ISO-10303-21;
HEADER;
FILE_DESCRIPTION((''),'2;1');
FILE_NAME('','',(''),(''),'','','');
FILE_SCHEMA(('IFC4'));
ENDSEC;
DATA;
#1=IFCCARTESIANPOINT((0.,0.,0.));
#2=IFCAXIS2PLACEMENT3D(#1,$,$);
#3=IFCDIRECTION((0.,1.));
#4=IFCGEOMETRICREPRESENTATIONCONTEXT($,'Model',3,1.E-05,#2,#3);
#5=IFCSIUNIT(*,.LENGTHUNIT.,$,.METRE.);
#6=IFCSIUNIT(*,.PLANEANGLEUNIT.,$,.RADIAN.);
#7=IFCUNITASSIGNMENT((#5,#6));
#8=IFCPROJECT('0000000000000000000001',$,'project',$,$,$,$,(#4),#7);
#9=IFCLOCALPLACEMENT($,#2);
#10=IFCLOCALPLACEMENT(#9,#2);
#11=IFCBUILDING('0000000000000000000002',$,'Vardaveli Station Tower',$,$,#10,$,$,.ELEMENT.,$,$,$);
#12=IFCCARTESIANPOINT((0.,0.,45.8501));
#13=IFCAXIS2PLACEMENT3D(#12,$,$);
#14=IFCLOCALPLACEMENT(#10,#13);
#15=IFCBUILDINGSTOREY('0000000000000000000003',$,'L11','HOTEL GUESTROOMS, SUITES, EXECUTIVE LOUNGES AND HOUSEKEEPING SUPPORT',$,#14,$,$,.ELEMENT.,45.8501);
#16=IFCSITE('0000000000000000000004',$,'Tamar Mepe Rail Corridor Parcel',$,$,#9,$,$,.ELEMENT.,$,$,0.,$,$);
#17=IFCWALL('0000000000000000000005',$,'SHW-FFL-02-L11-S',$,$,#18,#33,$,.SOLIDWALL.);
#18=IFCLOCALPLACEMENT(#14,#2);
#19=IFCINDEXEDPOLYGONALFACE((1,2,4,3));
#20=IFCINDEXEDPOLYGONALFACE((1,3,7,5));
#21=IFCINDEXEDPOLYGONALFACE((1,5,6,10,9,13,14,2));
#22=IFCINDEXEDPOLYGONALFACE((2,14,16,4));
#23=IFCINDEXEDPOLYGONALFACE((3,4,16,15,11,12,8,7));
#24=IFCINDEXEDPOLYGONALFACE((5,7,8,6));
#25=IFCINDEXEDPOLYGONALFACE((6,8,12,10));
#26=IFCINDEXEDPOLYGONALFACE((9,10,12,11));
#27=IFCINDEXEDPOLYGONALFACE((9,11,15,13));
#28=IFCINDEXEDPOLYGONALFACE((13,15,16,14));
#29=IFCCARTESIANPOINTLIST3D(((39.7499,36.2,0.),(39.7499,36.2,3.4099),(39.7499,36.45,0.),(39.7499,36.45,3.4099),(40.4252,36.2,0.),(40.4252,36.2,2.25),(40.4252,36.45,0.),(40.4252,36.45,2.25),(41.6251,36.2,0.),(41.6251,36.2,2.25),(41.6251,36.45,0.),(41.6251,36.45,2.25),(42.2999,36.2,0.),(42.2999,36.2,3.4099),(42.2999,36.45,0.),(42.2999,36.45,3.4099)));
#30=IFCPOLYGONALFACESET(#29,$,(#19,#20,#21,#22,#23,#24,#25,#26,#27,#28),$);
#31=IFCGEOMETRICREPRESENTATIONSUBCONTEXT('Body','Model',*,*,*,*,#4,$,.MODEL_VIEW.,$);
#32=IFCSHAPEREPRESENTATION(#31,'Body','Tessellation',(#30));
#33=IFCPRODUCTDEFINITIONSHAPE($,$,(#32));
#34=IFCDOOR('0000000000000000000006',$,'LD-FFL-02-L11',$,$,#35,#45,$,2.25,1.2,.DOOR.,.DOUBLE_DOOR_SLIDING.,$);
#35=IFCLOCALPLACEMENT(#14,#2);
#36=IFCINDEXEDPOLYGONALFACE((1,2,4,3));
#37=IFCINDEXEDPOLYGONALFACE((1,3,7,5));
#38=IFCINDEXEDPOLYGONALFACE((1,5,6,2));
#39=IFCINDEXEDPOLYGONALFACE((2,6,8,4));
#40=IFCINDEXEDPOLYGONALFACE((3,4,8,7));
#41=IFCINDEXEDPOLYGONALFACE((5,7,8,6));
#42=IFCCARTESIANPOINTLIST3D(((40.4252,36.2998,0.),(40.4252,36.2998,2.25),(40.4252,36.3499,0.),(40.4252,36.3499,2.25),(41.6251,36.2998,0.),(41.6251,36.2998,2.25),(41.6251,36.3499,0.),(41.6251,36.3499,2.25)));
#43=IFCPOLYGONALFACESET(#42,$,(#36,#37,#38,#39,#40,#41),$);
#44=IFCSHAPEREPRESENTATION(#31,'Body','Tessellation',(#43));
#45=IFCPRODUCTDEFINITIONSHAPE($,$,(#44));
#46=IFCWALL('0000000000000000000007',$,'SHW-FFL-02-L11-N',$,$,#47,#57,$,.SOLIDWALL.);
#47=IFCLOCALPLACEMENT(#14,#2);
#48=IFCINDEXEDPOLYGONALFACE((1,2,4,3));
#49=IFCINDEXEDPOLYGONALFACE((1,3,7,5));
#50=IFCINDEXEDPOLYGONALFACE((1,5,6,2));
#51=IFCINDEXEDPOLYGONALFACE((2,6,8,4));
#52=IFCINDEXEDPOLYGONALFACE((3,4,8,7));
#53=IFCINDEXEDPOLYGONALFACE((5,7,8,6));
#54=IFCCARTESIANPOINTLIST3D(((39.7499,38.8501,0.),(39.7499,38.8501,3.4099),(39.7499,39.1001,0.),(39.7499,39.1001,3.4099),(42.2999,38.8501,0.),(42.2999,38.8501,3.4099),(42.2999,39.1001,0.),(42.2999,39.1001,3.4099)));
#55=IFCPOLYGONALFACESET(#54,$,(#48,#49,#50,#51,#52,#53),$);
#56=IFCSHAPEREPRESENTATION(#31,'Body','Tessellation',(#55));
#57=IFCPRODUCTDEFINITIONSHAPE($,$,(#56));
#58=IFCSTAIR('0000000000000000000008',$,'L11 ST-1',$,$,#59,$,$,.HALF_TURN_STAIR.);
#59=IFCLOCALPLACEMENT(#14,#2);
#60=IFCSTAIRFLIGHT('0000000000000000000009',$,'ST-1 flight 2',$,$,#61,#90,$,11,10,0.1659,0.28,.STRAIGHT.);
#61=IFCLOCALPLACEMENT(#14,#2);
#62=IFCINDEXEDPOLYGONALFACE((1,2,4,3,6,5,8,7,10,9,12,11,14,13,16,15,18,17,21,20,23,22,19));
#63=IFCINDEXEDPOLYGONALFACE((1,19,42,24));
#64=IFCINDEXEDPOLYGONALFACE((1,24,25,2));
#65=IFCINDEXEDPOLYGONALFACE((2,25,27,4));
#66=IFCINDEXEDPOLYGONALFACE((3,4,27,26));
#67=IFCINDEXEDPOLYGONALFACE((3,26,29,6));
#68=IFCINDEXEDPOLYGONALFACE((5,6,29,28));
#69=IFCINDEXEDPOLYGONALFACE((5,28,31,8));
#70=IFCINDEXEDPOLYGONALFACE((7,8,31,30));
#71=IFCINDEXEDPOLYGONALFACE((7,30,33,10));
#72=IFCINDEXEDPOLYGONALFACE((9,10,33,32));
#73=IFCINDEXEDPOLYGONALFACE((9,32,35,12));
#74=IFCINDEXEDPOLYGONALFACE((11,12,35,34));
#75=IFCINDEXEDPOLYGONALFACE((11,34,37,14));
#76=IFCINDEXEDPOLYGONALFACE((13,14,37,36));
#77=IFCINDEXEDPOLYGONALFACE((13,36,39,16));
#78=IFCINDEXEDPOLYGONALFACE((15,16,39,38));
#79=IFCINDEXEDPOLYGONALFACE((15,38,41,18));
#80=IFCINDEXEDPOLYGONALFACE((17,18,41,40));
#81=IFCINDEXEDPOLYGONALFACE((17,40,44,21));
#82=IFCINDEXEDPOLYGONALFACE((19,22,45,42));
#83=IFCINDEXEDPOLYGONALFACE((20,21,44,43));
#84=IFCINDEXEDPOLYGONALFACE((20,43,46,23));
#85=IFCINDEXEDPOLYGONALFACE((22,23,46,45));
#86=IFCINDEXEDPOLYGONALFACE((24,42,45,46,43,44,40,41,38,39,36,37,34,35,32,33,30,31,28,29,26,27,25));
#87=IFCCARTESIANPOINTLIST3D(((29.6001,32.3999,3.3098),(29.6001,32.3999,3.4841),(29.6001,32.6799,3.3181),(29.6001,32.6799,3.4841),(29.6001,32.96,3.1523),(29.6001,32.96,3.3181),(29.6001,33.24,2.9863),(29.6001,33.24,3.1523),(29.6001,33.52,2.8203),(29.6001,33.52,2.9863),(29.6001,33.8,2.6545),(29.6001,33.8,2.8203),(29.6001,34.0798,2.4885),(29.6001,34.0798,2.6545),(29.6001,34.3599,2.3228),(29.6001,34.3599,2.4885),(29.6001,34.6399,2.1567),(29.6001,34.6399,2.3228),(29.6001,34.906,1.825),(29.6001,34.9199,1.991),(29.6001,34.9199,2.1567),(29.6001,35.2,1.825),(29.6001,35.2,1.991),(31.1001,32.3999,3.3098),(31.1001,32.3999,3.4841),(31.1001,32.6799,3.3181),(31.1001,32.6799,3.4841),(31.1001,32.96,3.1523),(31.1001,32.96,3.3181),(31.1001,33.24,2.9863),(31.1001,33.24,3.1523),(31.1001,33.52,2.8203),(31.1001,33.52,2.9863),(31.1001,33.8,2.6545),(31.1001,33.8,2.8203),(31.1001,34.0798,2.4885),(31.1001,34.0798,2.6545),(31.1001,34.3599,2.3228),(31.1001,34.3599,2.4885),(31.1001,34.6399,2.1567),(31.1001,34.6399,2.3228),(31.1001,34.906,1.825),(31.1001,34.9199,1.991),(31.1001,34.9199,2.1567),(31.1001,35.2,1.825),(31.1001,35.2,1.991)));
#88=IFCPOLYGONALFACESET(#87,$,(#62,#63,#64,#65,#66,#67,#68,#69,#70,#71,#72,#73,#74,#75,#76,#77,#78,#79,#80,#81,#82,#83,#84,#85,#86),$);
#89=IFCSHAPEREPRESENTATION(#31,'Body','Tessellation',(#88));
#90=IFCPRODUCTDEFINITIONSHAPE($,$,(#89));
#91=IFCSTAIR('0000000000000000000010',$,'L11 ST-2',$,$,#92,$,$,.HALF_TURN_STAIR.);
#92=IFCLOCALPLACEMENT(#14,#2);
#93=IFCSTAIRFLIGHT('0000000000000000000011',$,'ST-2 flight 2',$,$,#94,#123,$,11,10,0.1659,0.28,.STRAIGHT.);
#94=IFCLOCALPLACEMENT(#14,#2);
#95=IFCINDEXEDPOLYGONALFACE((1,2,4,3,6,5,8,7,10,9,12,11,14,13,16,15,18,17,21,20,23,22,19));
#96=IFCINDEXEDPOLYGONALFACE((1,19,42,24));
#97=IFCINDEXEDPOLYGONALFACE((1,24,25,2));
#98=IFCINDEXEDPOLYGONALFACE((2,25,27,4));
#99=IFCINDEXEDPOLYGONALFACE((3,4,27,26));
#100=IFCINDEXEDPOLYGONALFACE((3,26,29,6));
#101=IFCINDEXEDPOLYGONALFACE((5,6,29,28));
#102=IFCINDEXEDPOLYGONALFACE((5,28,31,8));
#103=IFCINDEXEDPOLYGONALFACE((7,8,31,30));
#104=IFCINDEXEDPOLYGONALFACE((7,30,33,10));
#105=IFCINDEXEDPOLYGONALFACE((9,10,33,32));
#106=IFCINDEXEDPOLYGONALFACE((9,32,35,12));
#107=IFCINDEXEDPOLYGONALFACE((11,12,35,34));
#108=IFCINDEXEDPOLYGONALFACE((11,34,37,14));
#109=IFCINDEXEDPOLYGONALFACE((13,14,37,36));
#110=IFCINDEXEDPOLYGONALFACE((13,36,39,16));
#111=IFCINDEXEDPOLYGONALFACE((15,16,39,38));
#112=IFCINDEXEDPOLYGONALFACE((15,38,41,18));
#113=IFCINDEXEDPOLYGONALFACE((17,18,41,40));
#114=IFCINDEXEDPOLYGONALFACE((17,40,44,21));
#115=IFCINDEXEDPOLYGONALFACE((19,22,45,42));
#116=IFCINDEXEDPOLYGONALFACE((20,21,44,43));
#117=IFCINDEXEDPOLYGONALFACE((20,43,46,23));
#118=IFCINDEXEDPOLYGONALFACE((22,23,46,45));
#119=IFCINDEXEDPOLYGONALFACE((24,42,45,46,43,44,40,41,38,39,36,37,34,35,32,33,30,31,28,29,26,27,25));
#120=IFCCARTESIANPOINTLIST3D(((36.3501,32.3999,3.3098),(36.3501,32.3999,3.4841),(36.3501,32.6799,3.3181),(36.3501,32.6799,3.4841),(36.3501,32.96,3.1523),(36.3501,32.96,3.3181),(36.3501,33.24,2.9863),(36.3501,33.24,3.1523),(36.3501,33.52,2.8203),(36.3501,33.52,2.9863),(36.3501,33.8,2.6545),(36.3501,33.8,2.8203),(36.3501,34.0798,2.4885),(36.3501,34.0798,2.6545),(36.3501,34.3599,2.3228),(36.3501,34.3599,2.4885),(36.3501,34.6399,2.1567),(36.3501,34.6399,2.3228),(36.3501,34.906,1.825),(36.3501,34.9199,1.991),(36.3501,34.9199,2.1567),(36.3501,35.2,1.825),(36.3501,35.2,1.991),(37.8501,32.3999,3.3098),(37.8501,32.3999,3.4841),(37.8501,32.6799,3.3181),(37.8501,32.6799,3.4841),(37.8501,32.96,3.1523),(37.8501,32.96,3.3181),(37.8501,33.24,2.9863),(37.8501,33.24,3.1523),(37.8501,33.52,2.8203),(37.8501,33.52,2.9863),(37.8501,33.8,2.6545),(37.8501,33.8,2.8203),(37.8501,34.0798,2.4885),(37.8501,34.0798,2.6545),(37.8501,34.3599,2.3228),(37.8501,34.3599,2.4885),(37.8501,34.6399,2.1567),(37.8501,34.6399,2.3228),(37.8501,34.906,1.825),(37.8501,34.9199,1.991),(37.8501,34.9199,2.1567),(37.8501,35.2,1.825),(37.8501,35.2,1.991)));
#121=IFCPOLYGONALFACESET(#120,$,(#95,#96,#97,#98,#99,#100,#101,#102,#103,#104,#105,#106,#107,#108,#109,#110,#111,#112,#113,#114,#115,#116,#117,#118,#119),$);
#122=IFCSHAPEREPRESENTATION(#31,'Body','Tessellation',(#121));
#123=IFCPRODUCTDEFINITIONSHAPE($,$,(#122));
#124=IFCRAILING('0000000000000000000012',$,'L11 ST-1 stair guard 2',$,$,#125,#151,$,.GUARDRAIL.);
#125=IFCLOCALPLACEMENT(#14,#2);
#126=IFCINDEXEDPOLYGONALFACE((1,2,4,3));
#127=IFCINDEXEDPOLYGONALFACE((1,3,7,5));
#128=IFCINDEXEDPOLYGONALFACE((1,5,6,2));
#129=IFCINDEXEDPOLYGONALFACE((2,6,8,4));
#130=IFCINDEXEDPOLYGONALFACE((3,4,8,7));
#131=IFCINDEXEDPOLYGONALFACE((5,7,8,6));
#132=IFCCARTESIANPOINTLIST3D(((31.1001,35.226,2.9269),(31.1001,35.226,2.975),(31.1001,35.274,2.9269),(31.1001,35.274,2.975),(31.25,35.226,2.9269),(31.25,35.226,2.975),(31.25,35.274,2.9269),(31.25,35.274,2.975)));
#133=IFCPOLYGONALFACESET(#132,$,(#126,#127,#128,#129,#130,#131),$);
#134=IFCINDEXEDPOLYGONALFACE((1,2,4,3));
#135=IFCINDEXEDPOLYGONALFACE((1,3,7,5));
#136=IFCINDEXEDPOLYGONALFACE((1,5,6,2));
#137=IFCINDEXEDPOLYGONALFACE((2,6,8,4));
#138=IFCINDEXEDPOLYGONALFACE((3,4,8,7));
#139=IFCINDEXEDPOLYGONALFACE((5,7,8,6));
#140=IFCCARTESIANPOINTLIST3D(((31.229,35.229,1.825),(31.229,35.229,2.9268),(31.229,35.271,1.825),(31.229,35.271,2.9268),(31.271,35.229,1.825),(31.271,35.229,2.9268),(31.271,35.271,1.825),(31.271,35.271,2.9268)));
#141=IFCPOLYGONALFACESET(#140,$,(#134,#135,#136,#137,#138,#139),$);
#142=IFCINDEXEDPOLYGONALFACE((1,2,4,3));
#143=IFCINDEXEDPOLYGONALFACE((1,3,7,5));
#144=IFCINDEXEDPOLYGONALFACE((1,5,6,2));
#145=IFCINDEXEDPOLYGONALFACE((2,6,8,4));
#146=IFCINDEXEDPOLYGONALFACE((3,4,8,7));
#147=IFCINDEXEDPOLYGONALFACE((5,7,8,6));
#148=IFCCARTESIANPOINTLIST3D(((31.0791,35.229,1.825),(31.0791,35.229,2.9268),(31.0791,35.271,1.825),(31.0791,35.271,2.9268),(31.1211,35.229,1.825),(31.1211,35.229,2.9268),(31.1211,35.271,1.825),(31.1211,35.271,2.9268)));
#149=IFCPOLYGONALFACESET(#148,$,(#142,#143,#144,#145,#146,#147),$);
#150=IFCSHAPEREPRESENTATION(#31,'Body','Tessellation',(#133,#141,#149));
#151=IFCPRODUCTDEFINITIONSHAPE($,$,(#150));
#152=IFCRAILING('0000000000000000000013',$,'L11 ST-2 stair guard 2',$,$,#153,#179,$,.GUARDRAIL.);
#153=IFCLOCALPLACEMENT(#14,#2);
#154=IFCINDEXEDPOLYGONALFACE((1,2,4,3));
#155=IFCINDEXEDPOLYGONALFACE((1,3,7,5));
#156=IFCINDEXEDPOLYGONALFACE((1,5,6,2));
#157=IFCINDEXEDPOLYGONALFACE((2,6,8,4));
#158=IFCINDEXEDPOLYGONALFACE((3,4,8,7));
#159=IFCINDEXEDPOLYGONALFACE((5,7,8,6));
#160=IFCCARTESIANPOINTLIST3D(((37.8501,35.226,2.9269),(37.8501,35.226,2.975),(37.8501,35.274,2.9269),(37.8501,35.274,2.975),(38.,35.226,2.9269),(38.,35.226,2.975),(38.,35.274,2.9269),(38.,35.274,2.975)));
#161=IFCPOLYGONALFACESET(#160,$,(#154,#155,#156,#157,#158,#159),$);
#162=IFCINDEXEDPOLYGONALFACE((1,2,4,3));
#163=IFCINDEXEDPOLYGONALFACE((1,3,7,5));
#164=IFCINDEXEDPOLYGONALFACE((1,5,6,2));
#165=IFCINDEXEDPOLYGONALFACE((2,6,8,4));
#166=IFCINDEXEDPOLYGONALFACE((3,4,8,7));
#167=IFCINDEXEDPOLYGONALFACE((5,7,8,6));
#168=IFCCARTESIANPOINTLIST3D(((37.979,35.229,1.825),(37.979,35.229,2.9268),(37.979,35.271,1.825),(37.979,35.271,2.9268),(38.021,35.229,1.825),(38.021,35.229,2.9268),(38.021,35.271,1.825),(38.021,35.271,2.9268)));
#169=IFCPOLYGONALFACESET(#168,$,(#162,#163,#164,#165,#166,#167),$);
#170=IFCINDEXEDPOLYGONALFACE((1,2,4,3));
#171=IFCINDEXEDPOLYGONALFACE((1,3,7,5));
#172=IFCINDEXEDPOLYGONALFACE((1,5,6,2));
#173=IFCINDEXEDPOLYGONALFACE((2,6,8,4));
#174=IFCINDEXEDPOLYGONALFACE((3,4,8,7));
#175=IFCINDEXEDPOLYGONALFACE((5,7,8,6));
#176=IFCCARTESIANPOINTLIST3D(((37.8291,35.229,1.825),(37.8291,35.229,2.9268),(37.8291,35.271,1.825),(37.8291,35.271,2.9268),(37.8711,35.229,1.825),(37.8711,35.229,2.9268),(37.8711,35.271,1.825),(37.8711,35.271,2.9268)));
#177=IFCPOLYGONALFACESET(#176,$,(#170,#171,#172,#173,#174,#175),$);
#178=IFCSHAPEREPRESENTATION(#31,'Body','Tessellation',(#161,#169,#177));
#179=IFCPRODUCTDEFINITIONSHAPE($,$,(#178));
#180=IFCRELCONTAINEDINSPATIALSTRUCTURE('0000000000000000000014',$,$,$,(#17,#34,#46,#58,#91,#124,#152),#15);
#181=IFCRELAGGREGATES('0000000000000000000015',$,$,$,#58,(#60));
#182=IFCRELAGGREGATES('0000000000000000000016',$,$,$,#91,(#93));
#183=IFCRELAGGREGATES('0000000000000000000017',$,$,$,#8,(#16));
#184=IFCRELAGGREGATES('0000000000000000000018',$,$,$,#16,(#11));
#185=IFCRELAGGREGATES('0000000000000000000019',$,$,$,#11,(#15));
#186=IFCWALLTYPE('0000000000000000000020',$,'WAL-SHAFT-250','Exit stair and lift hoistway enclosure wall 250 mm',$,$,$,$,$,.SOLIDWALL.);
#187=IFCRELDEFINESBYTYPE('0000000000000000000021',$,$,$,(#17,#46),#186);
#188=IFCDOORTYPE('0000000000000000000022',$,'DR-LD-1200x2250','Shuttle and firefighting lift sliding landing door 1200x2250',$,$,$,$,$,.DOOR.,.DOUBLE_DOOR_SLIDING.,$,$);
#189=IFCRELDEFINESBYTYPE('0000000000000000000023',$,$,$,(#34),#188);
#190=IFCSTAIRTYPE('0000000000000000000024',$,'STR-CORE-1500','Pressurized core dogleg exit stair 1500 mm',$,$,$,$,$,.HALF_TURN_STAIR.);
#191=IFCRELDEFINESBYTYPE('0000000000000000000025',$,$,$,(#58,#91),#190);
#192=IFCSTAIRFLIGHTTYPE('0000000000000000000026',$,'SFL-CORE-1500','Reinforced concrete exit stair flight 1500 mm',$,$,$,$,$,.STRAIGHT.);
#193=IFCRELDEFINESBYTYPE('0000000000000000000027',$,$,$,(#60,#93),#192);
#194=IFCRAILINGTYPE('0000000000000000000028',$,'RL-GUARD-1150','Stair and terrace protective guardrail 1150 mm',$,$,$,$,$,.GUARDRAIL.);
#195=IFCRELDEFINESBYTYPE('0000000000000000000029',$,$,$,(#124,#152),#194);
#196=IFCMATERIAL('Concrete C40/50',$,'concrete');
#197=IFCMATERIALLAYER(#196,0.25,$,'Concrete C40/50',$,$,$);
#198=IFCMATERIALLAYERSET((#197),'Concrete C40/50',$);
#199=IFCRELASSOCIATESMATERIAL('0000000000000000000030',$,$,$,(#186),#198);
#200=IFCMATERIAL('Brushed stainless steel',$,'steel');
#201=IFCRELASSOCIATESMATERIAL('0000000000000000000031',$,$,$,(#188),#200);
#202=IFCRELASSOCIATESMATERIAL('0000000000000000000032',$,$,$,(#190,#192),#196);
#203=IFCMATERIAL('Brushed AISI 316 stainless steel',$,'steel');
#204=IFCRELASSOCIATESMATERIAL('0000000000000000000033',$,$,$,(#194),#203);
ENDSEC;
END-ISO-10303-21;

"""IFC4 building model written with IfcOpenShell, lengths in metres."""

from ifc_helpers import new_model, si_unit, direction, frame, frame_2d, origin, origin_2d, place, context, subcontext, project, spatial, polyline, rectangle, outline, extrude, source, transform, mapped, material, layer, layer_set, type_object, element, fill, aggregate, save


model = new_model("IFC4")

# Units and contexts
model_context = context("Model", 3, precision=1e-05, world=origin(), true_north=direction((0.0, 1.0)))
body_context = subcontext(model_context, "Body", "Model", "MODEL_VIEW")
ifc_project = project(units=[si_unit("LENGTHUNIT", "METRE"), si_unit("PLANEANGLEUNIT", "RADIAN")], contexts=[model_context])

# Site, building, storey
site_placement = place(None, origin())
site = spatial("IfcSite", under=ifc_project, at=site_placement, Name="Tamar Mepe Rail Corridor Parcel", CompositionType="ELEMENT", RefElevation=0.0)
building_placement = place(site_placement, origin())
building = spatial("IfcBuilding", under=site, at=building_placement, Name="Vardaveli Station Tower", CompositionType="ELEMENT")
storey_placement = place(building_placement, frame((0.0, 0.0, 45.8501)))
storey = spatial("IfcBuildingStorey", under=building, at=storey_placement, Name="L11", Description="HOTEL GUESTROOMS, SUITES, EXECUTIVE LOUNGES AND HOUSEKEEPING SUPPORT", CompositionType="ELEMENT", Elevation=45.8501)

# Shared definitions
ifc_material_1 = material(Name="Concrete C40/50", Category="concrete")
ifc_layer_1 = layer(ifc_material_1, 0.25, Name="Concrete C40/50")
ifc_layer_set_1 = layer_set([ifc_layer_1], Name="Concrete C40/50")
wall_type_1 = type_object("IfcWallType", Name="WAL-SHAFT-250", Description="Exit stair and lift hoistway enclosure wall 250 mm", PredefinedType="SOLIDWALL", material=ifc_layer_set_1)

# Shared definitions
shared_shape_1 = source(origin(), body_context, "Body", "SweptSolid", [
    extrude(rectangle(XDim=1.2, YDim=2.25, at=frame_2d((0.6001, 1.125))), frame((0.0, 0.135, 0.0), z_axis=(0.0, -1.0, 0.0), x_axis=(1.0, 0.0, 0.0)), (0.0, 0.0, 1.0), 0.27),
])
ifc_material_2 = material(Name="Brushed stainless steel", Category="steel")
door_type = type_object("IfcDoorType", Name="DR-LD-1200x2250", Description="Shuttle and firefighting lift sliding landing door 1200x2250", OperationType="DOUBLE_DOOR_SLIDING", PredefinedType="DOOR", material=ifc_material_2)
shared_shape_2 = source(origin(), body_context, "Body", "SweptSolid", [
    extrude(rectangle(XDim=1.2, YDim=2.25, at=frame_2d((0.6001, 1.125))), frame((0.0, 0.0249, 0.0), z_axis=(0.0, -1.0, 0.0), x_axis=(1.0, 0.0, 0.0)), (0.0, 0.0, 1.0), 0.05),
])

# Wall, opening, door
shared_shape_3 = source(origin(), body_context, "Body", "SweptSolid", [
    extrude(rectangle(XDim=2.55, YDim=0.25, at=frame_2d((1.2749, 0.0))), origin(), (0.0, 0.0, 1.0), 3.4099),
])
wall_1_placement = place(storey_placement, frame((39.75, 36.325, 0.0), z_axis=(0.0, 0.0, 1.0), x_axis=(1.0, 0.0, 0.0)))
wall_1 = element("IfcWall", 1, at=wall_1_placement, inside=storey, type_object=wall_type_1, Name="SHW-FFL-02-L11-S", PredefinedType="SOLIDWALL", context=body_context, shape_type="MappedRepresentation", body=[
    mapped(shared_shape_3, transform((0.0, 0.0, 0.0), scale=1.0)),
])
opening_1_placement = place(wall_1_placement, frame((0.675, 0.0, 0.0)))
opening_1 = element("IfcOpeningElement", 2, at=opening_1_placement, cuts=wall_1, PredefinedType="OPENING", context=body_context, shape_type="MappedRepresentation", body=[
    mapped(shared_shape_1, transform((0.0, 0.0, 0.0), scale=1.0)),
])
door_1_placement = place(opening_1_placement, origin())
door_1 = element("IfcDoor", 3, at=door_1_placement, inside=storey, type_object=door_type, Name="LD-FFL-02-L11", OperationType="DOUBLE_DOOR_SLIDING", OverallHeight=2.25, OverallWidth=1.2, PredefinedType="DOOR", context=body_context, shape_type="MappedRepresentation", body=[
    mapped(shared_shape_2, transform((0.0, 0.0, 0.0), scale=1.0)),
])
fill(opening_1, door_1)

# Wall
wall_2_placement = place(storey_placement, frame((39.75, 38.9751, 0.0), z_axis=(0.0, 0.0, 1.0), x_axis=(1.0, 0.0, 0.0)))
element("IfcWall", 4, at=wall_2_placement, inside=storey, type_object=wall_type_1, Name="SHW-FFL-02-L11-N", PredefinedType="SOLIDWALL", context=body_context, shape_type="MappedRepresentation", body=[
    mapped(shared_shape_3, transform((0.0, 0.0, 0.0), scale=1.0)),
])

# Stairs, stair flights
stair_type = type_object("IfcStairType", Name="STR-CORE-1500", Description="Pressurized core dogleg exit stair 1500 mm", PredefinedType="HALF_TURN_STAIR", material=ifc_material_1)
stair_1_placement = place(storey_placement, origin())
stair_1 = element("IfcStair", 5, at=stair_1_placement, inside=storey, type_object=stair_type, Name="L11 ST-1", PredefinedType="HALF_TURN_STAIR")
stair_flight_type = type_object("IfcStairFlightType", Name="SFL-CORE-1500", Description="Reinforced concrete exit stair flight 1500 mm", PredefinedType="STRAIGHT", material=ifc_material_1)
shared_shape_4 = source(origin(), body_context, "Body", "SweptSolid", [
    extrude(outline(polyline([(0.0, 0.0), (0.0, 0.166), (0.28, 0.166), (0.28, 0.3318), (0.5601, 0.3318), (0.5601, 0.4978), (0.8401, 0.4978), (0.8401, 0.6636), (1.1201, 0.6636), (1.1201, 0.8296), (1.3999, 0.8296), (1.3999, 0.9954), (1.6799, 0.9954), (1.6799, 1.1614), (1.96, 1.1614), (1.96, 1.3274), (2.24, 1.3274), (2.24, 1.4932), (2.52, 1.4932), (2.52, 1.6592), (2.8, 1.6592), (2.8, 1.825), (2.8, 1.4849), (0.2939, 0.0), (0.0, 0.0)])), frame((0.0, 0.75, 0.0), z_axis=(0.0, -1.0, 0.0), x_axis=(1.0, 0.0, 0.0)), (0.0, 0.0, 1.0), 1.5),
])
stair_flight_1_placement = place(storey_placement, frame((30.3501, 35.2, 1.825), z_axis=(0.0, 0.0, 1.0), x_axis=(0.0, -1.0, 0.0)))
stair_flight_1 = element("IfcStairFlight", 6, at=stair_flight_1_placement, type_object=stair_flight_type, Name="ST-1 flight 2", NumberOfRisers=11, NumberOfTreads=10, PredefinedType="STRAIGHT", RiserHeight=0.1659, TreadLength=0.28, context=body_context, shape_type="MappedRepresentation", body=[
    mapped(shared_shape_4, transform((0.0, 0.0, 0.0), scale=1.0)),
])
aggregate(stair_1, [stair_flight_1])
stair_2_placement = place(storey_placement, origin())
stair_2 = element("IfcStair", 7, at=stair_2_placement, inside=storey, type_object=stair_type, Name="L11 ST-2", PredefinedType="HALF_TURN_STAIR")
stair_flight_2_placement = place(storey_placement, frame((37.1001, 35.2, 1.825), z_axis=(0.0, 0.0, 1.0), x_axis=(0.0, -1.0, 0.0)))
stair_flight_2 = element("IfcStairFlight", 8, at=stair_flight_2_placement, type_object=stair_flight_type, Name="ST-2 flight 2", NumberOfRisers=11, NumberOfTreads=10, PredefinedType="STRAIGHT", RiserHeight=0.1659, TreadLength=0.28, context=body_context, shape_type="MappedRepresentation", body=[
    mapped(shared_shape_4, transform((0.0, 0.0, 0.0), scale=1.0)),
])
aggregate(stair_2, [stair_flight_2])

# Railings
ifc_material_3 = material(Name="Brushed AISI 316 stainless steel", Category="steel")
railing_type_1 = type_object("IfcRailingType", Name="RL-GUARD-1150", Description="Stair and terrace protective guardrail 1150 mm", PredefinedType="GUARDRAIL", material=ifc_material_3)
shared_shape_5 = source(origin(), body_context, "Body", "SweptSolid", [
    extrude(rectangle(XDim=0.0481, YDim=0.0481, at=origin_2d()), frame((0.0, 0.0, 1.126), z_axis=(-1.0, 0.0, 0.0), x_axis=(0.0, -1.0, 0.0)), (0.0, 0.0, 1.0), 0.1499),
    extrude(rectangle(XDim=0.042, YDim=0.042, at=origin_2d()), origin(), (0.0, 0.0, 1.0), 1.1018),
    extrude(rectangle(XDim=0.042, YDim=0.042, at=origin_2d()), frame((-0.1499, 0.0, 0.0)), (0.0, 0.0, 1.0), 1.1018),
])
for number, where, name in (
    (9, (31.25, 35.25, 1.825), "L11 ST-1 stair guard 2"),
    (10, (38.0, 35.25, 1.825), "L11 ST-2 stair guard 2"),
):
    element("IfcRailing", number, at=place(storey_placement, frame(where)), inside=storey, type_object=railing_type_1, Name=name, PredefinedType="GUARDRAIL", context=body_context, shape_type="MappedRepresentation", body=[
        mapped(shared_shape_5, transform((0.0, 0.0, 0.0), scale=1.0)),
    ])

save(model, "model.ifc")
